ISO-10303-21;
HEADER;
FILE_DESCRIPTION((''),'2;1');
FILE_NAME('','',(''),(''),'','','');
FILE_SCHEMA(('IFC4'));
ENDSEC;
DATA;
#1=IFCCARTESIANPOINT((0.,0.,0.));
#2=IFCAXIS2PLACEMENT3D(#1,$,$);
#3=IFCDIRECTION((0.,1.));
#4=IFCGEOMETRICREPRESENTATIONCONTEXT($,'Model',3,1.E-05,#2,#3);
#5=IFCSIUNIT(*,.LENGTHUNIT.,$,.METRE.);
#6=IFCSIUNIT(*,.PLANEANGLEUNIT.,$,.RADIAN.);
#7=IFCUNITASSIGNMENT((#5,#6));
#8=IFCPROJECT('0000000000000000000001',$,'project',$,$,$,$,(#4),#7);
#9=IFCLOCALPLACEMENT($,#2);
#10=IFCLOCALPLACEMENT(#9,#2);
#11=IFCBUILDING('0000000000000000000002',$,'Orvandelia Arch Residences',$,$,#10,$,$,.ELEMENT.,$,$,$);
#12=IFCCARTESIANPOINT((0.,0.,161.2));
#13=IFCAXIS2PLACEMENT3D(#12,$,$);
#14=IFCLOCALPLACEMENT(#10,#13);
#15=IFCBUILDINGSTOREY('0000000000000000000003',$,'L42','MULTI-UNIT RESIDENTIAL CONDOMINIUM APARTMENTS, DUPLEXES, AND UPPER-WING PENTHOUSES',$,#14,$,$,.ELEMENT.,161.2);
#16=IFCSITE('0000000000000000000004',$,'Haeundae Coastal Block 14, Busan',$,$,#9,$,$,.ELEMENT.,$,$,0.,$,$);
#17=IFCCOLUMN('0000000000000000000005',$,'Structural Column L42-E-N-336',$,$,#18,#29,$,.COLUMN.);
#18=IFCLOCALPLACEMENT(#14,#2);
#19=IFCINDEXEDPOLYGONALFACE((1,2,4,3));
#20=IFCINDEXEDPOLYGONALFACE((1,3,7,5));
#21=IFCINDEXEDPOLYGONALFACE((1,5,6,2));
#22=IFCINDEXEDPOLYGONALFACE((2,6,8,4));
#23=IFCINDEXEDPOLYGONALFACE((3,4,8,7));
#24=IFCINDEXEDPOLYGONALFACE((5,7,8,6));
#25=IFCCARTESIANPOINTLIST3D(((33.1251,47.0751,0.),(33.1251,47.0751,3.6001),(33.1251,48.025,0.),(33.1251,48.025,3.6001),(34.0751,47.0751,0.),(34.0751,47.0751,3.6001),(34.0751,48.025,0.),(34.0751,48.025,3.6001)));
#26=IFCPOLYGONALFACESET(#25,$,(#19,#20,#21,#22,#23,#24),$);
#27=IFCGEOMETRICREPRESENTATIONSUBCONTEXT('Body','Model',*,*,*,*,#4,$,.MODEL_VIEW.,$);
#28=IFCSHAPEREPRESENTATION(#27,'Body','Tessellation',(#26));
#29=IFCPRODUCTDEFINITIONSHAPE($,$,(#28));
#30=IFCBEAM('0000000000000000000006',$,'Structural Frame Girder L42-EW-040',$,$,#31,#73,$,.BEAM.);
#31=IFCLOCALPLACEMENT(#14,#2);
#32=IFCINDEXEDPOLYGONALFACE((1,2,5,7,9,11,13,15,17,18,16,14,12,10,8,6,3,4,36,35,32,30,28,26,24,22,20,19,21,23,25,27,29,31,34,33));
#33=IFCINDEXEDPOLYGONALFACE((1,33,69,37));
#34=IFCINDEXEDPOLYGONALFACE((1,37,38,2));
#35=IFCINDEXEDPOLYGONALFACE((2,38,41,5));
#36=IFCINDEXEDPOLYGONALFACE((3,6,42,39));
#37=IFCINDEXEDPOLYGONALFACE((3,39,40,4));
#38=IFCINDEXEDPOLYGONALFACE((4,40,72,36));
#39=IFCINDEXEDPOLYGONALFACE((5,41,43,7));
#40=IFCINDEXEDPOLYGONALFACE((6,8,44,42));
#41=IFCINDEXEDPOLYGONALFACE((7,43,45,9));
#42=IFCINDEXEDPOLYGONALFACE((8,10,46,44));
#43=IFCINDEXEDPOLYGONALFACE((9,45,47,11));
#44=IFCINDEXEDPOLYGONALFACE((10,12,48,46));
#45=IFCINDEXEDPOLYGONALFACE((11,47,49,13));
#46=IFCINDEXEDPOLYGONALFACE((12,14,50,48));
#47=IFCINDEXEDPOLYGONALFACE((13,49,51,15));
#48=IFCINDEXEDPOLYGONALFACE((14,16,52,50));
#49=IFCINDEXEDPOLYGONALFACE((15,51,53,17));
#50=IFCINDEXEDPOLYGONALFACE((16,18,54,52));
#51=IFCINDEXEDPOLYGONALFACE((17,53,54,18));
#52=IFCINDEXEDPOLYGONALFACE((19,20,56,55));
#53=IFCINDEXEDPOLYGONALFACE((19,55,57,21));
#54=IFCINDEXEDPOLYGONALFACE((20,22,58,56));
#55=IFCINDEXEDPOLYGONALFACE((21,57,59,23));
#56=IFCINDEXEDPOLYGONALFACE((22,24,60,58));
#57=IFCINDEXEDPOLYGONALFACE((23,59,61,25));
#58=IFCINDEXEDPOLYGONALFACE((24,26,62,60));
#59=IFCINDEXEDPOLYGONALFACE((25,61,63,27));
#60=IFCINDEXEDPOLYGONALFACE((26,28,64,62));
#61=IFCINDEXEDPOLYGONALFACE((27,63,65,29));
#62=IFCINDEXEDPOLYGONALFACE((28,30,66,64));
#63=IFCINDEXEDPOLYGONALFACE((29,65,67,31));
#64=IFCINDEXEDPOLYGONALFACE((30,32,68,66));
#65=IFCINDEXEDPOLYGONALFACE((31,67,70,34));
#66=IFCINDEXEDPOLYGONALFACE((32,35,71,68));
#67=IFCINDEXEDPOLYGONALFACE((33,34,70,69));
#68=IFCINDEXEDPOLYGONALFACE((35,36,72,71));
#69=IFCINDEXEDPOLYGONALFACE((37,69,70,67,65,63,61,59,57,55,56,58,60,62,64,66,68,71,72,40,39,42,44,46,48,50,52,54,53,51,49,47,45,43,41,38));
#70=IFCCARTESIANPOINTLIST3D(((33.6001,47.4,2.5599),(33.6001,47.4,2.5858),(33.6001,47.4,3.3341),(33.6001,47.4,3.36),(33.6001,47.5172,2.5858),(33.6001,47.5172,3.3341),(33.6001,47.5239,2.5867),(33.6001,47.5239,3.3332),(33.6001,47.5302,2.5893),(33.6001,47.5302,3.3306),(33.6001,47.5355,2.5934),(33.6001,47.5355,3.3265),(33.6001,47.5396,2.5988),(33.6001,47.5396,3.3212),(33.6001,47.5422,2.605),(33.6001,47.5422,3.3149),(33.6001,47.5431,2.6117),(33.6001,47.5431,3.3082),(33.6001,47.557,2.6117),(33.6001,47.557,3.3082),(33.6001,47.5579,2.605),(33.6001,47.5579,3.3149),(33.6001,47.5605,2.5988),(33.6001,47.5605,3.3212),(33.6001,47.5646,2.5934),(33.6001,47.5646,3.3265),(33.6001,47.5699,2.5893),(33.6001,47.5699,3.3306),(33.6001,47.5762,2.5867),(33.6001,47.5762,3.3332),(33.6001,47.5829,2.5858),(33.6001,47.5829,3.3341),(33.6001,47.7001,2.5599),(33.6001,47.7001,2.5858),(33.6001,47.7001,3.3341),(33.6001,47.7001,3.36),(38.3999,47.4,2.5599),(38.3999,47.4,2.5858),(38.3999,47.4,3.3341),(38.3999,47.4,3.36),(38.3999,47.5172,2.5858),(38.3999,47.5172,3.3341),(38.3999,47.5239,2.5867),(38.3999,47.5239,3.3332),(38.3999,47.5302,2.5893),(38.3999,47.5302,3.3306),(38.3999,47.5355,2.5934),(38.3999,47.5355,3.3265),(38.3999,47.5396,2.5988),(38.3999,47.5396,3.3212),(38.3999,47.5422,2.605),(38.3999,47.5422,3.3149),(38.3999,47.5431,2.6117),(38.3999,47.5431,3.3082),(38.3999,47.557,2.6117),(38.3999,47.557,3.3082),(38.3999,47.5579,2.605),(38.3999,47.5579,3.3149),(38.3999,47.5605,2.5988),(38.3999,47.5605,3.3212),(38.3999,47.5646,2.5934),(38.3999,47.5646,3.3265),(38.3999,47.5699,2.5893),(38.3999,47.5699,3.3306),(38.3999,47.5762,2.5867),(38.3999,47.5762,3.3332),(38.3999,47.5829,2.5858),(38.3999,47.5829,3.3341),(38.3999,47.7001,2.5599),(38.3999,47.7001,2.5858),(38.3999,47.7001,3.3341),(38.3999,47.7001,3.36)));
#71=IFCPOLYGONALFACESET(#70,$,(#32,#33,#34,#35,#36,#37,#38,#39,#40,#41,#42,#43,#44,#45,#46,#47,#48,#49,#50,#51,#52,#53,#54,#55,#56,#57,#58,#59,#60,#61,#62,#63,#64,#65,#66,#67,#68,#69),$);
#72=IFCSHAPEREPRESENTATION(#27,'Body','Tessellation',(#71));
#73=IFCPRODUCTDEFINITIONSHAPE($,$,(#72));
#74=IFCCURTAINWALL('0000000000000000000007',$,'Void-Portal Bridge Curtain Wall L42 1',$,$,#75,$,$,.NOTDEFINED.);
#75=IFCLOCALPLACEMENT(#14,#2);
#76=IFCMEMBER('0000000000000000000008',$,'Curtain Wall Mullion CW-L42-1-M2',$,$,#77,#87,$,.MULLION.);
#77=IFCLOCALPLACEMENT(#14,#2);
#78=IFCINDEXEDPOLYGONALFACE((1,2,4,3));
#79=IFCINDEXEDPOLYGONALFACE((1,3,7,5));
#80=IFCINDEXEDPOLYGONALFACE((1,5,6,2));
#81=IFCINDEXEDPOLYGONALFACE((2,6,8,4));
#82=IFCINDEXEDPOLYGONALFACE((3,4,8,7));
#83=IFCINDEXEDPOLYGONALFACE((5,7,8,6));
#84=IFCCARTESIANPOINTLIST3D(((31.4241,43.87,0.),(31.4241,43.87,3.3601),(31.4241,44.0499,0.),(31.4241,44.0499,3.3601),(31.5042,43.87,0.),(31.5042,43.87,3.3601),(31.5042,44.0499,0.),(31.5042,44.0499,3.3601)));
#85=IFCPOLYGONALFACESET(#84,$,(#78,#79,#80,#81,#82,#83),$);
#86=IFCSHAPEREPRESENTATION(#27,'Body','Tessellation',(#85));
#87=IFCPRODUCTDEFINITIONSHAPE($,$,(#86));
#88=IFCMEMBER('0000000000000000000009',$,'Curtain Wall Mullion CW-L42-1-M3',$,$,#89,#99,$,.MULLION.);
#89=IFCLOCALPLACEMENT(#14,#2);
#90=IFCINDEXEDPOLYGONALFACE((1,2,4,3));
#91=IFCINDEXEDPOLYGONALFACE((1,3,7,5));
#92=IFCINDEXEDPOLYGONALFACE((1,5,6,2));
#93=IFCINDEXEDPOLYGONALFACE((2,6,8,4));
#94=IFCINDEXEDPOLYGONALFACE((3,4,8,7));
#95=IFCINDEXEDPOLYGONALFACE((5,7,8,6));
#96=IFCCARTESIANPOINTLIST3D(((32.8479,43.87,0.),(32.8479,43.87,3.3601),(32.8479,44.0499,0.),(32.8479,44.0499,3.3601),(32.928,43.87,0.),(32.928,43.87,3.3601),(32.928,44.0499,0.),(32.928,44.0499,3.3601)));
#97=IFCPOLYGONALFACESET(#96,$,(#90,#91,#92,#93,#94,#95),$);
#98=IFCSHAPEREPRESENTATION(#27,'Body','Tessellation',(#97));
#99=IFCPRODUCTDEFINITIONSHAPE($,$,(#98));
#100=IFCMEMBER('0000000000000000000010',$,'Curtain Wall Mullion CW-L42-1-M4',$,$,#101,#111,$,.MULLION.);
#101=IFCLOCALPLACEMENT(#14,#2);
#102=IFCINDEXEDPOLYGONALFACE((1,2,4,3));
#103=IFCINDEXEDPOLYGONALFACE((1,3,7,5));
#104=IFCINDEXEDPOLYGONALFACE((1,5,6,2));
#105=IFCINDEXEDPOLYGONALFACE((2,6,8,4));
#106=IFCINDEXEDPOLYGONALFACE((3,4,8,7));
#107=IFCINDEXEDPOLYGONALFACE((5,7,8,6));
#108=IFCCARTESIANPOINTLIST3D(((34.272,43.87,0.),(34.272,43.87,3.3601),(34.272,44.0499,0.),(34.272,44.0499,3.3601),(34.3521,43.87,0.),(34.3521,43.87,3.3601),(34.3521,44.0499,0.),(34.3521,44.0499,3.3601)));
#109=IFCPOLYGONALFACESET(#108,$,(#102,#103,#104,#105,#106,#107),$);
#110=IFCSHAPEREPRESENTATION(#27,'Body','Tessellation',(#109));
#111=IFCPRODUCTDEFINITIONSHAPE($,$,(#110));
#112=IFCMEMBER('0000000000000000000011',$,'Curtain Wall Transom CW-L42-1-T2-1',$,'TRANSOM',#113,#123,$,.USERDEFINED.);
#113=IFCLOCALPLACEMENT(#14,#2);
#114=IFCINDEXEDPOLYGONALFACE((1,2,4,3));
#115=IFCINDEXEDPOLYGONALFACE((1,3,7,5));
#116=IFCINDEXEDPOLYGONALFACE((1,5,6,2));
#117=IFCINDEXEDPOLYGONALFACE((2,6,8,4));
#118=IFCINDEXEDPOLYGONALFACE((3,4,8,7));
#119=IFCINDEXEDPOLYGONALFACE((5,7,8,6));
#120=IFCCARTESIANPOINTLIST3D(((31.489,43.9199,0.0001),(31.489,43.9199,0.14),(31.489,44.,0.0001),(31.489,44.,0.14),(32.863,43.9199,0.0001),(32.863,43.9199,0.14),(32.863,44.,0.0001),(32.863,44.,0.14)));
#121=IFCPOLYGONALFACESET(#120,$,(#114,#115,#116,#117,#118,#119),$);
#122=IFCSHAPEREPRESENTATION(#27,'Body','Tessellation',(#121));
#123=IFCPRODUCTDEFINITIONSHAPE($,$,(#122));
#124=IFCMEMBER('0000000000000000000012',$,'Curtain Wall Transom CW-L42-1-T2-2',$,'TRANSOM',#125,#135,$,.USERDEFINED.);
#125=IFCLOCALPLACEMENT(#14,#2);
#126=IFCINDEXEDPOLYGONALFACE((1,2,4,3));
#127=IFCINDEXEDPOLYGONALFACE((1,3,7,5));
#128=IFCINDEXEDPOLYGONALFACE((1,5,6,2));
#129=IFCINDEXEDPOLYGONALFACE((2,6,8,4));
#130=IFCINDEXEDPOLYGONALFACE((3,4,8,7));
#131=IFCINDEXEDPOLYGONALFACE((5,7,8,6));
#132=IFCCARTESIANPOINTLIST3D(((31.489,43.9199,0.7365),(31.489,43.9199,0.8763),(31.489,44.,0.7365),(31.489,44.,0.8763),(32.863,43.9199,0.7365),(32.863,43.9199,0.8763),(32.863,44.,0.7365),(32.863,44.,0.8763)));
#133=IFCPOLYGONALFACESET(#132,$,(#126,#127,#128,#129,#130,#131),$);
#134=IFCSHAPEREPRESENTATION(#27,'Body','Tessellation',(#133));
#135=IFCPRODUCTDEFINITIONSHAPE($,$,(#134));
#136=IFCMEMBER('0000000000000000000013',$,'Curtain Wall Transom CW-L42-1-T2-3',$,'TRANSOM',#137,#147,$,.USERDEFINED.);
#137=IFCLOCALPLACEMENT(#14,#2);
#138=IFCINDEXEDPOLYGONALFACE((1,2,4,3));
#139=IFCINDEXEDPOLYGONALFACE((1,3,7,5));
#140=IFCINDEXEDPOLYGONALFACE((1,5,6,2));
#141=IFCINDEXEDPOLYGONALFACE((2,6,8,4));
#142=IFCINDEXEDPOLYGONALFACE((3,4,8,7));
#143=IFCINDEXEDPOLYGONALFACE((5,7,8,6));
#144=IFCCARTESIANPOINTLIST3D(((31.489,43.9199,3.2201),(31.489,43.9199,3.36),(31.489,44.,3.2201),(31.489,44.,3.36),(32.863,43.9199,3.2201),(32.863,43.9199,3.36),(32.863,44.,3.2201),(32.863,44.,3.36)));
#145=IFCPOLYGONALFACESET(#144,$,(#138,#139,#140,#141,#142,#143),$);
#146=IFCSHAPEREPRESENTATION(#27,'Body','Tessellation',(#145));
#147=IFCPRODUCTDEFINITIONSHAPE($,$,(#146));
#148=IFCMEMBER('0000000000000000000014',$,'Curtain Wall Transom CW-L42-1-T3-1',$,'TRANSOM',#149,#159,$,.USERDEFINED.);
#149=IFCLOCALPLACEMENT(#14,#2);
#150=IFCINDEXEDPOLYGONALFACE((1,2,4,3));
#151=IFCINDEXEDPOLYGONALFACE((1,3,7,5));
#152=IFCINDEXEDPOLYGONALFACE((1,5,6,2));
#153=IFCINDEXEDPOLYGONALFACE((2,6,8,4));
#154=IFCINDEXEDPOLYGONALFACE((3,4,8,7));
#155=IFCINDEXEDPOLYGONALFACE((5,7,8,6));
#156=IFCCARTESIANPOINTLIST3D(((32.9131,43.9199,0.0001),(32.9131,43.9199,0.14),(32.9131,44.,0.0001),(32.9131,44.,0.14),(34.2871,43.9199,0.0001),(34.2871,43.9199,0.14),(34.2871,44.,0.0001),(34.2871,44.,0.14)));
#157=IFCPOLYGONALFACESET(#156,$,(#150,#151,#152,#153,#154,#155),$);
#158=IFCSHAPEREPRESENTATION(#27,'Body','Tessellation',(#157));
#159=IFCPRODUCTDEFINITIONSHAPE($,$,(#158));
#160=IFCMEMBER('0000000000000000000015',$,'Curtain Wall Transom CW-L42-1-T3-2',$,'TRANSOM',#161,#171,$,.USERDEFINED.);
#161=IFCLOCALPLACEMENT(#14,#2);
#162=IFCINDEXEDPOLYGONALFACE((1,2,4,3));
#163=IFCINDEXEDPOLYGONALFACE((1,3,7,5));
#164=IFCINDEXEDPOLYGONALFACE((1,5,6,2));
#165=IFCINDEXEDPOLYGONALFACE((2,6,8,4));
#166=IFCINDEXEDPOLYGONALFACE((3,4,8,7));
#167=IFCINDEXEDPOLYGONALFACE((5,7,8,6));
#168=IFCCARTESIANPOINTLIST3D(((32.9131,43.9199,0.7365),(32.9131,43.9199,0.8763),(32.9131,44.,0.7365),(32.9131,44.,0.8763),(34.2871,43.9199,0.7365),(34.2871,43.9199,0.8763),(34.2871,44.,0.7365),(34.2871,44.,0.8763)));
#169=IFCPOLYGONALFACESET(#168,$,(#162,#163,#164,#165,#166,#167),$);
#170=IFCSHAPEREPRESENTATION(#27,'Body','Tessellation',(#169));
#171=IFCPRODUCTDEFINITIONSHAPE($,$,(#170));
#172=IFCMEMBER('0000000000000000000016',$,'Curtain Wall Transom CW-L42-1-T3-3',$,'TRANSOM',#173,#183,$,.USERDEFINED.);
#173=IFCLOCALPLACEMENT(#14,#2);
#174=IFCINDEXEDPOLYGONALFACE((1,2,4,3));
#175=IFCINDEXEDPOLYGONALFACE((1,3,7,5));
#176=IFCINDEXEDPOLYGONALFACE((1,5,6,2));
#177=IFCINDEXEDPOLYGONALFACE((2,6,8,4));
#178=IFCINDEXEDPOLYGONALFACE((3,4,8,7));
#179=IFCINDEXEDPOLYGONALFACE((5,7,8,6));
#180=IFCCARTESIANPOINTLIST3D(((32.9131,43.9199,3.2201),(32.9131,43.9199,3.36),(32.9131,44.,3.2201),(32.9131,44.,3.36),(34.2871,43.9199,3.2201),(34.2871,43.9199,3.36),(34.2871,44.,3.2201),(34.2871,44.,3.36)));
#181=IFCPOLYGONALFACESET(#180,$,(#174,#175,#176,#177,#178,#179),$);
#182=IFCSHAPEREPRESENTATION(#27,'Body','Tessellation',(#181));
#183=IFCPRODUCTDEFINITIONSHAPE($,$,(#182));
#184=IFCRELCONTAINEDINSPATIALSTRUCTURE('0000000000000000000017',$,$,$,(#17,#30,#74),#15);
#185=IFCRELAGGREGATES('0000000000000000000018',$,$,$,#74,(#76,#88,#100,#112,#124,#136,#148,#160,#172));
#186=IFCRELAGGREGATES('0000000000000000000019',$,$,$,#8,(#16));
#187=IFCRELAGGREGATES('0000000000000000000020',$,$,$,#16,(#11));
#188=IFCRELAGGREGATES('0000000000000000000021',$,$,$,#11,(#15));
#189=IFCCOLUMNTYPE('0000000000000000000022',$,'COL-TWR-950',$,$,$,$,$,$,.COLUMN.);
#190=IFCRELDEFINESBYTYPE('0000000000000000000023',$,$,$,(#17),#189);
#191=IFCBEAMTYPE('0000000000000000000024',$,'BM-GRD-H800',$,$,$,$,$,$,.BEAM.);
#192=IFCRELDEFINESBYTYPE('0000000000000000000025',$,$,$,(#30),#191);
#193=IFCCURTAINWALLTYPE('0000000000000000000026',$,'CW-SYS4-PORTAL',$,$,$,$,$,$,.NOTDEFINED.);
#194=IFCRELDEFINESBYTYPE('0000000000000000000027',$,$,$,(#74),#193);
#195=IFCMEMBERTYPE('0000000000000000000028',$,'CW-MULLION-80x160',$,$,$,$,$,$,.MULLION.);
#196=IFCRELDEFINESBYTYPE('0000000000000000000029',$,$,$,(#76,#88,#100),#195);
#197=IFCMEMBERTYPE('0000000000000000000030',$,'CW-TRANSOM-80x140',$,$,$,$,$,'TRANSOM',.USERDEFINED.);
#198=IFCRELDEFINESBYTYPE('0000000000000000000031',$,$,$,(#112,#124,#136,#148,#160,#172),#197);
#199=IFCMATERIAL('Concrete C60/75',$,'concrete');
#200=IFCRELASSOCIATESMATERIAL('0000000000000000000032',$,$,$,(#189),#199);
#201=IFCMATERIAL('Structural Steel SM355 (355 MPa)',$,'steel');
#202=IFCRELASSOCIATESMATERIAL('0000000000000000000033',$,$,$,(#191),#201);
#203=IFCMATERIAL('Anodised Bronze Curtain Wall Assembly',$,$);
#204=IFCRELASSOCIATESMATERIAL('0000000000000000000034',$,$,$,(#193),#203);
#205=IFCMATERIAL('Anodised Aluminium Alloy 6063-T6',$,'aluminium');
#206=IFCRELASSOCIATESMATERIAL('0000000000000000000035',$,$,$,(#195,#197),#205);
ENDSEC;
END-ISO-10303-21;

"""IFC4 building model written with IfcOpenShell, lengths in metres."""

from ifc_helpers import new_model, si_unit, direction, frame, origin, origin_2d, place, context, subcontext, project, spatial, rectangle, i_section, extrude, material, material_profile, profile_set, type_object, element, aggregate, save


model = new_model("IFC4")

# Units and contexts
model_context = context("Model", 3, precision=1e-05, world=origin(), true_north=direction((0.0, 1.0)))
body_context = subcontext(model_context, "Body", "Model", "MODEL_VIEW")
ifc_project = project(units=[si_unit("LENGTHUNIT", "METRE"), si_unit("PLANEANGLEUNIT", "RADIAN")], contexts=[model_context])

# Site, building, storey
site_placement = place(None, origin())
site = spatial("IfcSite", under=ifc_project, at=site_placement, Name="Haeundae Coastal Block 14, Busan", CompositionType="ELEMENT", RefElevation=0.0)
building_placement = place(site_placement, origin())
building = spatial("IfcBuilding", under=site, at=building_placement, Name="Orvandelia Arch Residences", CompositionType="ELEMENT")
storey_placement = place(building_placement, frame((0.0, 0.0, 161.2)))
storey = spatial("IfcBuildingStorey", under=building, at=storey_placement, Name="L42", Description="MULTI-UNIT RESIDENTIAL CONDOMINIUM APARTMENTS, DUPLEXES, AND UPPER-WING PENTHOUSES", CompositionType="ELEMENT", Elevation=161.2)

# Column
ifc_material_1 = material(Name="Concrete C60/75", Category="concrete")
ifc_material_profile_1 = material_profile(ifc_material_1, rectangle(XDim=0.95, YDim=0.95, at=origin_2d()), Name="Concrete C60/75", Category="concrete")
ifc_profile_set_1 = profile_set([ifc_material_profile_1], Name="Concrete C60/75")
column_type = type_object("IfcColumnType", Name="COL-TWR-950", PredefinedType="COLUMN", material=ifc_profile_set_1)
column_placement = place(storey_placement, frame((33.6001, 47.55, 0.0), z_axis=(0.0, 0.0, 1.0), x_axis=(1.0, 0.0, 0.0)))
element("IfcColumn", 1, at=column_placement, inside=storey, type_object=column_type, Name="Structural Column L42-E-N-336", PredefinedType="COLUMN", context=body_context, shape_type="SweptSolid", body=[
    extrude(rectangle(XDim=0.95, YDim=0.95, at=origin_2d()), origin(), (0.0, 0.0, 1.0), 3.6001),
])

# Beam
ifc_material_2 = material(Name="Structural Steel SM355 (355 MPa)", Category="steel")
ifc_material_profile_2 = material_profile(ifc_material_2, i_section(OverallWidth=0.3, OverallDepth=0.8, WebThickness=0.0139, FlangeThickness=0.0259, FilletRadius=0.0259, at=origin_2d()), Name="Structural Steel SM355 (355 MPa)", Category="steel")
ifc_profile_set_2 = profile_set([ifc_material_profile_2], Name="Structural Steel SM355 (355 MPa)")
beam_type = type_object("IfcBeamType", Name="BM-GRD-H800", PredefinedType="BEAM", material=ifc_profile_set_2)
beam_placement = place(storey_placement, frame((33.6001, 47.55, 2.96), z_axis=(1.0, 0.0, 0.0), x_axis=(0.0, 1.0, 0.0)))
element("IfcBeam", 2, at=beam_placement, inside=storey, type_object=beam_type, Name="Structural Frame Girder L42-EW-040", PredefinedType="BEAM", context=body_context, shape_type="SweptSolid", body=[
    extrude(i_section(OverallWidth=0.3, OverallDepth=0.8, WebThickness=0.0139, FlangeThickness=0.0259, FilletRadius=0.0259, at=origin_2d()), origin(), (0.0, 0.0, 1.0), 4.7998),
])

# Curtain wall, members
ifc_material_3 = material(Name="Anodised Bronze Curtain Wall Assembly")
curtain_wall_type = type_object("IfcCurtainWallType", Name="CW-SYS4-PORTAL", PredefinedType="NOTDEFINED", material=ifc_material_3)
curtain_wall_placement = place(storey_placement, origin())
curtain_wall = element("IfcCurtainWall", 3, at=curtain_wall_placement, inside=storey, type_object=curtain_wall_type, Name="Void-Portal Bridge Curtain Wall L42 1", PredefinedType="NOTDEFINED")
ifc_material_4 = material(Name="Anodised Aluminium Alloy 6063-T6", Category="aluminium")
ifc_material_profile_3 = material_profile(ifc_material_4, rectangle(XDim=0.0801, YDim=0.1799, at=origin_2d()), Name="Anodised Aluminium Alloy 6063-T6", Category="aluminium")
ifc_profile_set_3 = profile_set([ifc_material_profile_3], Name="Anodised Aluminium Alloy 6063-T6")
member_type_1 = type_object("IfcMemberType", Name="CW-MULLION-80x160", PredefinedType="MULLION", material=ifc_profile_set_3)
member_1_placement = place(storey_placement, frame((31.4641, 43.96, 0.0), z_axis=(0.0, 0.0, 1.0), x_axis=(1.0, 0.0, 0.0)))
member_1 = element("IfcMember", 4, at=member_1_placement, type_object=member_type_1, Name="Curtain Wall Mullion CW-L42-1-M2", PredefinedType="MULLION", context=body_context, shape_type="SweptSolid", body=[
    extrude(rectangle(XDim=0.0801, YDim=0.1799, at=origin_2d()), origin(), (0.0, 0.0, 1.0), 3.3601),
])
member_2_placement = place(storey_placement, frame((32.8879, 43.96, 0.0), z_axis=(0.0, 0.0, 1.0), x_axis=(1.0, 0.0, 0.0)))
member_2 = element("IfcMember", 5, at=member_2_placement, type_object=member_type_1, Name="Curtain Wall Mullion CW-L42-1-M3", PredefinedType="MULLION", context=body_context, shape_type="SweptSolid", body=[
    extrude(rectangle(XDim=0.0801, YDim=0.1799, at=origin_2d()), origin(), (0.0, 0.0, 1.0), 3.3601),
])
member_3_placement = place(storey_placement, frame((34.312, 43.96, 0.0), z_axis=(0.0, 0.0, 1.0), x_axis=(1.0, 0.0, 0.0)))
member_3 = element("IfcMember", 6, at=member_3_placement, type_object=member_type_1, Name="Curtain Wall Mullion CW-L42-1-M4", PredefinedType="MULLION", context=body_context, shape_type="SweptSolid", body=[
    extrude(rectangle(XDim=0.0801, YDim=0.1799, at=origin_2d()), origin(), (0.0, 0.0, 1.0), 3.3601),
])
ifc_material_profile_4 = material_profile(ifc_material_4, rectangle(XDim=0.0801, YDim=0.1399, at=origin_2d()), Name="Anodised Aluminium Alloy 6063-T6", Category="aluminium")
ifc_profile_set_4 = profile_set([ifc_material_profile_4], Name="Anodised Aluminium Alloy 6063-T6")
member_type_2 = type_object("IfcMemberType", Name="CW-TRANSOM-80x140", ElementType="TRANSOM", PredefinedType="USERDEFINED", material=ifc_profile_set_4)
member_4_placement = place(storey_placement, frame((31.489, 43.96, 0.0701), z_axis=(1.0, 0.0, 0.0), x_axis=(0.0, 1.0, 0.0)))
member_4 = element("IfcMember", 7, at=member_4_placement, type_object=member_type_2, Name="Curtain Wall Transom CW-L42-1-T2-1", ObjectType="TRANSOM", PredefinedType="USERDEFINED", context=body_context, shape_type="SweptSolid", body=[
    extrude(rectangle(XDim=0.0801, YDim=0.1399, at=origin_2d()), origin(), (0.0, 0.0, 1.0), 1.374),
])
member_5_placement = place(storey_placement, frame((31.489, 43.96, 0.8064), z_axis=(1.0, 0.0, 0.0), x_axis=(0.0, 1.0, 0.0)))
member_5 = element("IfcMember", 8, at=member_5_placement, type_object=member_type_2, Name="Curtain Wall Transom CW-L42-1-T2-2", ObjectType="TRANSOM", PredefinedType="USERDEFINED", context=body_context, shape_type="SweptSolid", body=[
    extrude(rectangle(XDim=0.0801, YDim=0.1399, at=origin_2d()), origin(), (0.0, 0.0, 1.0), 1.374),
])
member_6_placement = place(storey_placement, frame((31.489, 43.96, 3.29), z_axis=(1.0, 0.0, 0.0), x_axis=(0.0, 1.0, 0.0)))
member_6 = element("IfcMember", 9, at=member_6_placement, type_object=member_type_2, Name="Curtain Wall Transom CW-L42-1-T2-3", ObjectType="TRANSOM", PredefinedType="USERDEFINED", context=body_context, shape_type="SweptSolid", body=[
    extrude(rectangle(XDim=0.0801, YDim=0.1399, at=origin_2d()), origin(), (0.0, 0.0, 1.0), 1.374),
])
member_7_placement = place(storey_placement, frame((32.9131, 43.96, 0.0701), z_axis=(1.0, 0.0, 0.0), x_axis=(0.0, 1.0, 0.0)))
member_7 = element("IfcMember", 10, at=member_7_placement, type_object=member_type_2, Name="Curtain Wall Transom CW-L42-1-T3-1", ObjectType="TRANSOM", PredefinedType="USERDEFINED", context=body_context, shape_type="SweptSolid", body=[
    extrude(rectangle(XDim=0.0801, YDim=0.1399, at=origin_2d()), origin(), (0.0, 0.0, 1.0), 1.374),
])
member_8_placement = place(storey_placement, frame((32.9131, 43.96, 0.8064), z_axis=(1.0, 0.0, 0.0), x_axis=(0.0, 1.0, 0.0)))
member_8 = element("IfcMember", 11, at=member_8_placement, type_object=member_type_2, Name="Curtain Wall Transom CW-L42-1-T3-2", ObjectType="TRANSOM", PredefinedType="USERDEFINED", context=body_context, shape_type="SweptSolid", body=[
    extrude(rectangle(XDim=0.0801, YDim=0.1399, at=origin_2d()), origin(), (0.0, 0.0, 1.0), 1.374),
])
member_9_placement = place(storey_placement, frame((32.9131, 43.96, 3.29), z_axis=(1.0, 0.0, 0.0), x_axis=(0.0, 1.0, 0.0)))
member_9 = element("IfcMember", 12, at=member_9_placement, type_object=member_type_2, Name="Curtain Wall Transom CW-L42-1-T3-3", ObjectType="TRANSOM", PredefinedType="USERDEFINED", context=body_context, shape_type="SweptSolid", body=[
    extrude(rectangle(XDim=0.0801, YDim=0.1399, at=origin_2d()), origin(), (0.0, 0.0, 1.0), 1.374),
])
aggregate(curtain_wall, [member_1, member_2, member_3, member_4, member_5, member_6, member_7, member_8, member_9])

save(model, "model.ifc")
